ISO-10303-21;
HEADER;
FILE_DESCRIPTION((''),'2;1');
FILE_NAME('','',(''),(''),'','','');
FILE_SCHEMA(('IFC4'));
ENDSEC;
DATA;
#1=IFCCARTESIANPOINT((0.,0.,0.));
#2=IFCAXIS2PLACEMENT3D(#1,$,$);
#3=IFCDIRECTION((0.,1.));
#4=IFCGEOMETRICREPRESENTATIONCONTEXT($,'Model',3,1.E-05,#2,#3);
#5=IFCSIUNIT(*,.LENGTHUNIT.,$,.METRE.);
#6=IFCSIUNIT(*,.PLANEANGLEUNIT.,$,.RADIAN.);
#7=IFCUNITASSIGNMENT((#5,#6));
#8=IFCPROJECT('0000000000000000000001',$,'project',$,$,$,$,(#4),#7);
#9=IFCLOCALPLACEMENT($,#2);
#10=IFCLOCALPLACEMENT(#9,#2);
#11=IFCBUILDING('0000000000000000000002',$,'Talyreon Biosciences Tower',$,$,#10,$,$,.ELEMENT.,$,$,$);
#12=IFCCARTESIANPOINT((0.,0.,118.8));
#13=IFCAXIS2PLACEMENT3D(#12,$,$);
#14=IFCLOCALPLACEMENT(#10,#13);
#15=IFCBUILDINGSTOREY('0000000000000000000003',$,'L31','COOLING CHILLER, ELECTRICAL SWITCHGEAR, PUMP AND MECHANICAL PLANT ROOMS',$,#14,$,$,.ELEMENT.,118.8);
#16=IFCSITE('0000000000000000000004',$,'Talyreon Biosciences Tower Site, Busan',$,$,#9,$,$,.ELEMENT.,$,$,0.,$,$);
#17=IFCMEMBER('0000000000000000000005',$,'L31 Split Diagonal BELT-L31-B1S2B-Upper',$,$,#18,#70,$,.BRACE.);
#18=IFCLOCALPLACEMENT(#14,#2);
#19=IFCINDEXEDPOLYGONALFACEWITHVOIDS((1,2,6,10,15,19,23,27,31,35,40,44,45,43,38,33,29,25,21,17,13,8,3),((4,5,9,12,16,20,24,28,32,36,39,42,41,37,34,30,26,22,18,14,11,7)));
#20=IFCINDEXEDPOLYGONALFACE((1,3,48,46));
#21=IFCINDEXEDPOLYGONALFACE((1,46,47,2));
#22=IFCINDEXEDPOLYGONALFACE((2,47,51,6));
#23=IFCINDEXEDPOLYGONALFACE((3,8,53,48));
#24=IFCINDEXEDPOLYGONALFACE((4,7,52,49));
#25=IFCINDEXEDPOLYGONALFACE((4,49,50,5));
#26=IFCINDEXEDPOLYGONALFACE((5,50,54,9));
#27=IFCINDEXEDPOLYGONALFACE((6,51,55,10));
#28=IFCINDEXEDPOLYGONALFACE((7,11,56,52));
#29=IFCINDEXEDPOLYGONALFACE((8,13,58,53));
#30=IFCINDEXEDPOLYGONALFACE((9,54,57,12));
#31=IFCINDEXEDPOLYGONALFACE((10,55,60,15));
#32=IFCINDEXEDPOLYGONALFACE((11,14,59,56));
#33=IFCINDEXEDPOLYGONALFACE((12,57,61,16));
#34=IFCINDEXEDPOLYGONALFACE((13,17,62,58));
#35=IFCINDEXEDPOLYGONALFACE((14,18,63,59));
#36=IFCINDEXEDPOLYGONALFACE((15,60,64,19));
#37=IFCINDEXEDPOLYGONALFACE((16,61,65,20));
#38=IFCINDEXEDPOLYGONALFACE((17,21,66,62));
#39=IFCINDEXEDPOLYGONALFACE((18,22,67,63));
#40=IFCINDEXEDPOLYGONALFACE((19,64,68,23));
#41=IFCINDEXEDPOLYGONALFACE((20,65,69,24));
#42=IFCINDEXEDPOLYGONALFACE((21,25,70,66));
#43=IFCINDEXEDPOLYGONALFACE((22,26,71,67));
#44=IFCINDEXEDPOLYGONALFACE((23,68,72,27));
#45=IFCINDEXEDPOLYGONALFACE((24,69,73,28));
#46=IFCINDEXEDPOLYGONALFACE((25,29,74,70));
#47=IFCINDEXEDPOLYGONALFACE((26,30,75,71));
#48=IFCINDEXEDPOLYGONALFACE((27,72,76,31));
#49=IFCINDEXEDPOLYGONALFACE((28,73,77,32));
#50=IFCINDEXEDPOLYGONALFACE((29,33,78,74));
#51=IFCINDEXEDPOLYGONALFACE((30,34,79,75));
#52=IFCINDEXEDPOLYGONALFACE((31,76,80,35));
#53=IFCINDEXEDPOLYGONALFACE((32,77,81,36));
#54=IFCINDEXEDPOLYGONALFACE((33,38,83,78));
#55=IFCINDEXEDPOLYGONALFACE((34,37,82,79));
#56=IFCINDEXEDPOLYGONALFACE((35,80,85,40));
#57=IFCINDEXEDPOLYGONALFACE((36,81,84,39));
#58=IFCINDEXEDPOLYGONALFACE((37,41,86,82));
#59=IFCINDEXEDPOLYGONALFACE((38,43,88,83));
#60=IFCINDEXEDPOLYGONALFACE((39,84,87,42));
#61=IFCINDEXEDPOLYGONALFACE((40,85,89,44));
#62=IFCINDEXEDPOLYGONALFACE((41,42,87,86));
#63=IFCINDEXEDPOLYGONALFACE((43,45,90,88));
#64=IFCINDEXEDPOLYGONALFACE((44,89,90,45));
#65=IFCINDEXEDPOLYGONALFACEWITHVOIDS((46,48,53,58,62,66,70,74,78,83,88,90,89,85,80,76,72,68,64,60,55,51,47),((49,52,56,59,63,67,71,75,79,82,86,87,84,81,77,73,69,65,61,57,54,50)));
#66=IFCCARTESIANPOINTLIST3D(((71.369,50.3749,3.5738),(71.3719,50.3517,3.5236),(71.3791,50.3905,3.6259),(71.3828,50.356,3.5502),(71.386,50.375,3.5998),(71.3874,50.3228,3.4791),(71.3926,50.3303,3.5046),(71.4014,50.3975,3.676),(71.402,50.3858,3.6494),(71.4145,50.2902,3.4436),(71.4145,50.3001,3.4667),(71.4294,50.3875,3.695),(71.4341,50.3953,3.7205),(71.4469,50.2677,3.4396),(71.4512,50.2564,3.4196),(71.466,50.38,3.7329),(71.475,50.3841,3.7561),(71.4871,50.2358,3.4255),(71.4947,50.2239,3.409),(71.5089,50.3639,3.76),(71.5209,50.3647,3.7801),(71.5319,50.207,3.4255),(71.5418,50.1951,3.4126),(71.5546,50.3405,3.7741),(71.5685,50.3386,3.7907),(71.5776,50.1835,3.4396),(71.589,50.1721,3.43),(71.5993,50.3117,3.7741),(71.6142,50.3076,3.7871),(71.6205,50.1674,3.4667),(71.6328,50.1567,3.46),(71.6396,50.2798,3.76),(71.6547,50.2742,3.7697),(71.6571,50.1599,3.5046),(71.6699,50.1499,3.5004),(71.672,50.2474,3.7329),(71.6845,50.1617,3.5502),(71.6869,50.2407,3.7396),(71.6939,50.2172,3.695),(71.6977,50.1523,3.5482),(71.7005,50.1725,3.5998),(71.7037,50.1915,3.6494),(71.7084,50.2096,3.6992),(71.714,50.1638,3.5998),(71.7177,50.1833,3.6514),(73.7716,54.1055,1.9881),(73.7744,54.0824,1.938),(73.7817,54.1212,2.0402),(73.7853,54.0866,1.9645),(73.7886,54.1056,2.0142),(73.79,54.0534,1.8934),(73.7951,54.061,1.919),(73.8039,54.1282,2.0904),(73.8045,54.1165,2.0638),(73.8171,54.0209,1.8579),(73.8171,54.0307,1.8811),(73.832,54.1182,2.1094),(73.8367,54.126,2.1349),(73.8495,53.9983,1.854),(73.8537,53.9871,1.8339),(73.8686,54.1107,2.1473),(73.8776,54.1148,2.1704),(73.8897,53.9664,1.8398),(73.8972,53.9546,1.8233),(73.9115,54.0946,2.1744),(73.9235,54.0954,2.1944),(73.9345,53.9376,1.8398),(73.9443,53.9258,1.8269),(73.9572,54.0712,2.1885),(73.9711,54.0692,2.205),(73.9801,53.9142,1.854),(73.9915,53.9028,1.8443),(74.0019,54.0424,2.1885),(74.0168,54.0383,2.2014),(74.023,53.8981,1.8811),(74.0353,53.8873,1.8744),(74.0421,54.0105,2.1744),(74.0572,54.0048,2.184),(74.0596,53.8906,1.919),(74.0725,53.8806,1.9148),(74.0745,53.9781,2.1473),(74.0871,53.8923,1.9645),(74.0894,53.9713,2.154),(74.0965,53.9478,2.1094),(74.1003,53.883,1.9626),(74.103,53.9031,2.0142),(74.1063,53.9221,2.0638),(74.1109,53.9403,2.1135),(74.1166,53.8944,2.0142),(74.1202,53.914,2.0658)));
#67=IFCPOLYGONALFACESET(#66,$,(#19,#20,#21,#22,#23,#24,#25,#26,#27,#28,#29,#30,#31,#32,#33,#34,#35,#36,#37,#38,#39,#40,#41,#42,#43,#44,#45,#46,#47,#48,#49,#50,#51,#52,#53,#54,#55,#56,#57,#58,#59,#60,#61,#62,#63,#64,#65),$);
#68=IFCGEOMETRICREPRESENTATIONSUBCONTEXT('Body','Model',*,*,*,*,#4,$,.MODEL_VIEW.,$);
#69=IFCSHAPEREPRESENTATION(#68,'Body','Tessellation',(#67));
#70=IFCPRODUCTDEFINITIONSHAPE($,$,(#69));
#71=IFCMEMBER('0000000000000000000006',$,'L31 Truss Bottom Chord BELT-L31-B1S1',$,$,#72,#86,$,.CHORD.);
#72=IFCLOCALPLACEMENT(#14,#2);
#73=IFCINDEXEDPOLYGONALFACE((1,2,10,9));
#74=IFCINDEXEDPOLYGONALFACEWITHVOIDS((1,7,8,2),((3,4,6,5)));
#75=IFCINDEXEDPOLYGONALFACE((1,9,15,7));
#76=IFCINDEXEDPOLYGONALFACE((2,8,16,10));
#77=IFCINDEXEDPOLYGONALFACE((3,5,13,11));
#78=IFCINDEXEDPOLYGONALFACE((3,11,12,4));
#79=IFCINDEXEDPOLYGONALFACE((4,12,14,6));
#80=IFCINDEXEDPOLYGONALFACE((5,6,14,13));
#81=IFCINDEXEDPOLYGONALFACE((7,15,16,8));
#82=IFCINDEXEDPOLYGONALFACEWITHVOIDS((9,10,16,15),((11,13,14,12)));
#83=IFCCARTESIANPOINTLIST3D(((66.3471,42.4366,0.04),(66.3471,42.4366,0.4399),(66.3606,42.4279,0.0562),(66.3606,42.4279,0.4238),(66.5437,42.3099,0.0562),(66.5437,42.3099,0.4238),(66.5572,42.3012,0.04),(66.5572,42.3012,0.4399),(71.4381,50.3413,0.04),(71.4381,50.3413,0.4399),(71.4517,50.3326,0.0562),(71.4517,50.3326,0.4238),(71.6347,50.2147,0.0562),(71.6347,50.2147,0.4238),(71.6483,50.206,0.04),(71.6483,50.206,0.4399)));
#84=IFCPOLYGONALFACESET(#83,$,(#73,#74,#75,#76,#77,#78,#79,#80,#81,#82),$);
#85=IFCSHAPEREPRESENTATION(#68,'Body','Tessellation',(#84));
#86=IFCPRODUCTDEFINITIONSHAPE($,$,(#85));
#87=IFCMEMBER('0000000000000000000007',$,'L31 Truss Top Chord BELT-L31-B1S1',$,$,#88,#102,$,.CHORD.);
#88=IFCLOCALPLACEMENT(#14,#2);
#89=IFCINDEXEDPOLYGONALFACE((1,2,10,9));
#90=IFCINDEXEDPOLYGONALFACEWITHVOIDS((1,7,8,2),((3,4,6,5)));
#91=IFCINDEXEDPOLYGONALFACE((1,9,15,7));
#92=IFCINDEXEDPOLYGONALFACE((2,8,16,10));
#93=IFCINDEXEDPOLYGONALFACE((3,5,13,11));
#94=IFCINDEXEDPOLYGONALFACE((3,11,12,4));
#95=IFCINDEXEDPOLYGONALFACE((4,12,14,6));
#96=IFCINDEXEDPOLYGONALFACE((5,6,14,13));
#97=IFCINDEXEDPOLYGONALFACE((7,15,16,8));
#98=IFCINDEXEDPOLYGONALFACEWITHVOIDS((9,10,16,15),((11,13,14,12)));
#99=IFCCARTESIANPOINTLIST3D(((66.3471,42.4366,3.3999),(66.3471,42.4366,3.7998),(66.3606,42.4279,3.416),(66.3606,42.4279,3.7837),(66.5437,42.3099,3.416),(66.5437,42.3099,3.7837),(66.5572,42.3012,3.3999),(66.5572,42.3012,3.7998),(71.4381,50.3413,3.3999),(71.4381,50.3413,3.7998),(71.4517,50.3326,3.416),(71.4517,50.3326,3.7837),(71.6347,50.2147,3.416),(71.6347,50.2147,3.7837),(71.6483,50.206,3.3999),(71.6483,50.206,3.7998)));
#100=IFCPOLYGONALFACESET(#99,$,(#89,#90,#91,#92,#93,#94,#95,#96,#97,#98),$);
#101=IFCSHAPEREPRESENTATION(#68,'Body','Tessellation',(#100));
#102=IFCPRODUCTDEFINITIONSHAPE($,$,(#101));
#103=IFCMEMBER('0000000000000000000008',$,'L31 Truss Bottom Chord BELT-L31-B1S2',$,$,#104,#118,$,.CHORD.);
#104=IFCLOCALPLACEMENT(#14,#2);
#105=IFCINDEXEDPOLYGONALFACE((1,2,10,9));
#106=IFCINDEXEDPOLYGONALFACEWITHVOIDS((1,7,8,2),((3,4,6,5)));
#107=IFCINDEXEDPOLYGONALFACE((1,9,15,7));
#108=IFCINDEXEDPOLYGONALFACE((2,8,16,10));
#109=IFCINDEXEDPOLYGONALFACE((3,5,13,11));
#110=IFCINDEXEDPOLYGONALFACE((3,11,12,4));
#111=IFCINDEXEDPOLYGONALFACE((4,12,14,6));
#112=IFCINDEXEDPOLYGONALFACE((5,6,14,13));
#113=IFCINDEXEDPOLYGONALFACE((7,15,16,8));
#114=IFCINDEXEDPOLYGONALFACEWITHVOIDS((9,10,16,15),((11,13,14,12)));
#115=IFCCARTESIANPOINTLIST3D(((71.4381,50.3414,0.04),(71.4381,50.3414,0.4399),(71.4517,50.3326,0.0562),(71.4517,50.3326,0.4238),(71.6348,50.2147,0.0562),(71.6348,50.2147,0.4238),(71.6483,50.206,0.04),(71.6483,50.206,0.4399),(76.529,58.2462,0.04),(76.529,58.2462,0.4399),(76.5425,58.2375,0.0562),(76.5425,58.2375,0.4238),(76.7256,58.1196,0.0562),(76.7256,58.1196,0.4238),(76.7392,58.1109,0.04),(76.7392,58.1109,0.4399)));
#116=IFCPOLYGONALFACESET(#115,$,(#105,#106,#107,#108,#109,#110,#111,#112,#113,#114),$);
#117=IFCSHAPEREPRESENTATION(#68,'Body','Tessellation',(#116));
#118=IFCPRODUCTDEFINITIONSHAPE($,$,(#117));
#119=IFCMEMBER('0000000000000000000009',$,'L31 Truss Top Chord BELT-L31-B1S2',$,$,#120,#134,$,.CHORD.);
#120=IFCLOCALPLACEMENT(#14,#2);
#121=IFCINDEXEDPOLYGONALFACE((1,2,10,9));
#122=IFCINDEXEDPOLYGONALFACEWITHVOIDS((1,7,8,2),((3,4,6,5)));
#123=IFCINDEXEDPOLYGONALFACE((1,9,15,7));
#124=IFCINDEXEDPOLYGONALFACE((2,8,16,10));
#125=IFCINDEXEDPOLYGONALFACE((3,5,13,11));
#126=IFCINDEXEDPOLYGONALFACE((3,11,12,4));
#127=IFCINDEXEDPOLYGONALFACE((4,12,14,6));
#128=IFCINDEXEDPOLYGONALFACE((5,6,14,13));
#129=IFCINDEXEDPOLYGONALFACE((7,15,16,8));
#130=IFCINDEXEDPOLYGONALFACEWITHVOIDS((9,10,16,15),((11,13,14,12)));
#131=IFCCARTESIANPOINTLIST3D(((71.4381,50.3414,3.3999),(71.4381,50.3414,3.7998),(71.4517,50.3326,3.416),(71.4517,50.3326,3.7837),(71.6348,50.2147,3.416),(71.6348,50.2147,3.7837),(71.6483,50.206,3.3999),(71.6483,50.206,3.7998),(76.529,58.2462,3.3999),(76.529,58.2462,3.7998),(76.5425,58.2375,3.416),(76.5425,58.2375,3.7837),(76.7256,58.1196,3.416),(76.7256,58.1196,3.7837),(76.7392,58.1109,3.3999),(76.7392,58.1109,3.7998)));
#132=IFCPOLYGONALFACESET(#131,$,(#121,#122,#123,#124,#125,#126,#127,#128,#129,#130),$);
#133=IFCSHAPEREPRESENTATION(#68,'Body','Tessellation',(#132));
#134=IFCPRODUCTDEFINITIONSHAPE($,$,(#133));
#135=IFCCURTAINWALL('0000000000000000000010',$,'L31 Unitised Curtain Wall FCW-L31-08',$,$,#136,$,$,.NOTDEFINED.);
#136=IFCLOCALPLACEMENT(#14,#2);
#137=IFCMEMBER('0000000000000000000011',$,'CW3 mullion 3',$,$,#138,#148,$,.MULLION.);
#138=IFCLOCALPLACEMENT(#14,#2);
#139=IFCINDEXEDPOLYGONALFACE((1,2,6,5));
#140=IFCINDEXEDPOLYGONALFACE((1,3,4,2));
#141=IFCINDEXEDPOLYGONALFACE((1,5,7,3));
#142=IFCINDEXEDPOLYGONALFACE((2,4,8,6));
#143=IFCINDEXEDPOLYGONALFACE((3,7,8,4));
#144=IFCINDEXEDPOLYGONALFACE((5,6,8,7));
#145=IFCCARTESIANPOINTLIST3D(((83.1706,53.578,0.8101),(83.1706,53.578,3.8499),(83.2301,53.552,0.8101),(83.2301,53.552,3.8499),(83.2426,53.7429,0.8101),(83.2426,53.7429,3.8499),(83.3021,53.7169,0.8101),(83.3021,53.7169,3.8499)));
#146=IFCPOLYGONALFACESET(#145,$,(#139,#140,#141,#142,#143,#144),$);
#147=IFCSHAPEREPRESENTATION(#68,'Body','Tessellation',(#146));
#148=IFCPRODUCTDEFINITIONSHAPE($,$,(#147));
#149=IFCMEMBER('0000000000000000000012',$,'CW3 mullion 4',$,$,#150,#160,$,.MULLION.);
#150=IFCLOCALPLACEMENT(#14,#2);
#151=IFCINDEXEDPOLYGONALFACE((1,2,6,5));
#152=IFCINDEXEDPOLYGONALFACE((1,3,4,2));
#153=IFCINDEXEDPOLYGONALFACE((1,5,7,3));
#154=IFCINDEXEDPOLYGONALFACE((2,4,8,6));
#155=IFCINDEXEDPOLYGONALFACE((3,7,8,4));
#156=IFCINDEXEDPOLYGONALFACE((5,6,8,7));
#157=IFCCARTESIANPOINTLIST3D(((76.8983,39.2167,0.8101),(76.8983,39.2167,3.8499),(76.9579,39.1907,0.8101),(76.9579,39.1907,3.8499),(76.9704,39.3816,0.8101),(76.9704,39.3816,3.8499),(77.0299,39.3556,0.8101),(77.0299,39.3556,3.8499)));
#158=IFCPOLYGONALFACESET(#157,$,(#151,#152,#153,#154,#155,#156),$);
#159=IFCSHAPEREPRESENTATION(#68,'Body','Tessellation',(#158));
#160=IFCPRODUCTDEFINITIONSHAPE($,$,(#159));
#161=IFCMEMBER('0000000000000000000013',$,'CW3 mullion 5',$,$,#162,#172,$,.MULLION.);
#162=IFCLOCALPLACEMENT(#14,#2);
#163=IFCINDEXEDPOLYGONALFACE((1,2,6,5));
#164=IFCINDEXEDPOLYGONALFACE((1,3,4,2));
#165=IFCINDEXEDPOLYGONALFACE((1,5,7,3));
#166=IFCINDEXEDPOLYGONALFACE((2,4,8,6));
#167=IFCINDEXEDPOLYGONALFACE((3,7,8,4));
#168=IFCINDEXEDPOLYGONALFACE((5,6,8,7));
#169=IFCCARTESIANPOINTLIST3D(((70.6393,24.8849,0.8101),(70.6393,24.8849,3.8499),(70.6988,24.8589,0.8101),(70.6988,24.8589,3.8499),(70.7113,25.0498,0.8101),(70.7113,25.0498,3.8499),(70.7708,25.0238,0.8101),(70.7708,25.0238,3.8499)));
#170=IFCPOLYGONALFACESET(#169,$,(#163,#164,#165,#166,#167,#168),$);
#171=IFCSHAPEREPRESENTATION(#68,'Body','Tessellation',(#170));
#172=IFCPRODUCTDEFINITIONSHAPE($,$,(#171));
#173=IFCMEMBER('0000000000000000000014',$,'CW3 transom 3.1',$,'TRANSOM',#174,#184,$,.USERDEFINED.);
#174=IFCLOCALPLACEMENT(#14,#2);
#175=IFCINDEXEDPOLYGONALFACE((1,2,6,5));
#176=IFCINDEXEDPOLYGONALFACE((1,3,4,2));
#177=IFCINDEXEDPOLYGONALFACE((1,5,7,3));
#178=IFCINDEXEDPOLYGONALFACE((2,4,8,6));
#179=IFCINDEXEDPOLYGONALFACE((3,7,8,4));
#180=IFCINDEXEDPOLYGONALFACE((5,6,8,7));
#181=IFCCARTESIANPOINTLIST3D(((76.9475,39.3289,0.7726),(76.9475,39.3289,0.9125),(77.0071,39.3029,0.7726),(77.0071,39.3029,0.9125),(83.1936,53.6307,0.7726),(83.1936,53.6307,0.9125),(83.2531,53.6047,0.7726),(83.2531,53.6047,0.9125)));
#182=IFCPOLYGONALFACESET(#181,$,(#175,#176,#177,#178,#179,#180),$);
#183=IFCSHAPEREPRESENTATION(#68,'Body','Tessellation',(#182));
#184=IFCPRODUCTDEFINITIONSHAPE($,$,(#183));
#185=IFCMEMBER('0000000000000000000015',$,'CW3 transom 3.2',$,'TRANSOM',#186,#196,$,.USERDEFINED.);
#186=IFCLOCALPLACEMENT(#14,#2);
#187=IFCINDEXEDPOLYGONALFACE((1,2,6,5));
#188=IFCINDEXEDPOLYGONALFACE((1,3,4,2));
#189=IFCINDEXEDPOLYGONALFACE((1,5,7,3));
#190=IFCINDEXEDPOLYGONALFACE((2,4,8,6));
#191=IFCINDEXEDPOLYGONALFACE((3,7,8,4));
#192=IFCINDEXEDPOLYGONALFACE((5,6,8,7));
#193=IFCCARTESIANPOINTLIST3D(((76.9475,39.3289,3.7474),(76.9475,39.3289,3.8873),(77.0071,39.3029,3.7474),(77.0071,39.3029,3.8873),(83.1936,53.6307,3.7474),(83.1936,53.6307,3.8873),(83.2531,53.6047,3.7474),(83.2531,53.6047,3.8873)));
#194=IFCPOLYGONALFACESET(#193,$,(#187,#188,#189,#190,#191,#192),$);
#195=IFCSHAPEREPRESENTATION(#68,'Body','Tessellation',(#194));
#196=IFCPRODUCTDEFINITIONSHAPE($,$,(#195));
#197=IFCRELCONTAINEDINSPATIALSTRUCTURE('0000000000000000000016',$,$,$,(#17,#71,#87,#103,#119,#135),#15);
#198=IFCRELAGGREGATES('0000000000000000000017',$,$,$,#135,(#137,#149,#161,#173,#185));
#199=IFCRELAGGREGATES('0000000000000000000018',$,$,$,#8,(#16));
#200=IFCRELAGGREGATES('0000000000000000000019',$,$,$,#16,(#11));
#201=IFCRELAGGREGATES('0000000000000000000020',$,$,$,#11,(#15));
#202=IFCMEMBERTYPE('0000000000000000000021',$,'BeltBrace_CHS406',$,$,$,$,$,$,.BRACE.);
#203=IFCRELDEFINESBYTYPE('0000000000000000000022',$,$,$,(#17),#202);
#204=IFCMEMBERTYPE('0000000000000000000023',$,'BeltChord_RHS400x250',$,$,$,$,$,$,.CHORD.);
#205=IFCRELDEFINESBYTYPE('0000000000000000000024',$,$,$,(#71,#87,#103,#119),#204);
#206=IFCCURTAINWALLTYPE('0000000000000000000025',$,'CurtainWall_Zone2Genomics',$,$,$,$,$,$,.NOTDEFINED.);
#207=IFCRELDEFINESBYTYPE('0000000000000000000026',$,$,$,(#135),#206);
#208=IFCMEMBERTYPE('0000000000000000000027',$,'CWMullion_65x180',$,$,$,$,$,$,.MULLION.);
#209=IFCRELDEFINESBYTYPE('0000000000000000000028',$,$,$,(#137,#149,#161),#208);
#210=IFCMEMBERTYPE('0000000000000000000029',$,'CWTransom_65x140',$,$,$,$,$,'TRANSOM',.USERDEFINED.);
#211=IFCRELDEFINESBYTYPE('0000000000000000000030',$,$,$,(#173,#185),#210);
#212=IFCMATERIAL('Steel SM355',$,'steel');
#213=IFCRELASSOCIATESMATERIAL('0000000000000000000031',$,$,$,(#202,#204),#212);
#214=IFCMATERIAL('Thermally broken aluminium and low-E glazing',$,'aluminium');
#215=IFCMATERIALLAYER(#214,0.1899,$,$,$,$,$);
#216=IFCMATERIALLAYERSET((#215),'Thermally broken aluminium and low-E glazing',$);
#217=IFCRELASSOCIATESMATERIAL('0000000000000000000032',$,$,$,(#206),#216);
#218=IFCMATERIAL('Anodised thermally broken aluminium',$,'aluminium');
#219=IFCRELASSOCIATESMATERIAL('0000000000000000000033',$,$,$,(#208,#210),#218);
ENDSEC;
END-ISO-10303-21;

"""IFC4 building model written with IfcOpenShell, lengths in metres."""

from ifc_helpers import new_model, si_unit, direction, frame, origin, origin_2d, place, context, subcontext, project, spatial, rectangle, hollow_rectangle, hollow_circle, extrude, material, layer, layer_set, material_profile, profile_set, type_object, element, aggregate, save


model = new_model("IFC4")

# Units and contexts
model_context = context("Model", 3, precision=1e-05, world=origin(), true_north=direction((0.0, 1.0)))
body_context = subcontext(model_context, "Body", "Model", "MODEL_VIEW")
ifc_project = project(units=[si_unit("LENGTHUNIT", "METRE"), si_unit("PLANEANGLEUNIT", "RADIAN")], contexts=[model_context])

# Site, building, storey
site_placement = place(None, origin())
site = spatial("IfcSite", under=ifc_project, at=site_placement, Name="Talyreon Biosciences Tower Site, Busan", CompositionType="ELEMENT", RefElevation=0.0)
building_placement = place(site_placement, origin())
building = spatial("IfcBuilding", under=site, at=building_placement, Name="Talyreon Biosciences Tower", CompositionType="ELEMENT")
storey_placement = place(building_placement, frame((0.0, 0.0, 118.8)))
storey = spatial("IfcBuildingStorey", under=building, at=storey_placement, Name="L31", Description="COOLING CHILLER, ELECTRICAL SWITCHGEAR, PUMP AND MECHANICAL PLANT ROOMS", CompositionType="ELEMENT", Elevation=118.8)

# Members
ifc_material_1 = material(Name="Steel SM355", Category="steel")
ifc_material_profile_1 = material_profile(ifc_material_1, hollow_circle(Radius=0.2031, WallThickness=0.0161, at=origin_2d()), Name="CHS 406.4x16")
ifc_profile_set_1 = profile_set([ifc_material_profile_1], Name="Steel SM355")
member_type_1 = type_object("IfcMemberType", Name="BeltBrace_CHS406", PredefinedType="BRACE", material=ifc_profile_set_1)
for number, where, z_axis, x_axis, name in (
    (1, (73.9458, 54.0044, 2.0142), (-0.509863, -0.791709, 0.336506), (0.84074, -0.541439, 0.0), "L31 Split Diagonal BELT-L31-B1S2B-Upper"),
):
    element("IfcMember", number, at=place(storey_placement, frame(where, z_axis=z_axis, x_axis=x_axis)), inside=storey, type_object=member_type_1, Name=name, PredefinedType="BRACE", context=body_context, shape_type="SweptSolid", body=[
        extrude(hollow_circle(Radius=0.2031, WallThickness=0.0161, at=origin_2d()), origin(), (0.0, 0.0, 1.0), 4.7122),
    ])
ifc_material_profile_2 = material_profile(ifc_material_1, hollow_rectangle(XDim=0.25, YDim=0.3999, WallThickness=0.0161, at=origin_2d()), Name="RHS 400x250x16")
ifc_profile_set_2 = profile_set([ifc_material_profile_2], Name="Steel SM355")
member_type_2 = type_object("IfcMemberType", Name="BeltChord_RHS400x250", PredefinedType="CHORD", material=ifc_profile_set_2)
for number, where, z_axis, x_axis, name in (
    (2, (66.4521, 42.3689, 0.24), (0.541466, 0.840723, 0.0), (-0.840723, 0.541466, 0.0), "L31 Truss Bottom Chord BELT-L31-B1S1"),
    (3, (66.4521, 42.3689, 3.5999), (0.541466, 0.840723, 0.0), (-0.840723, 0.541466, 0.0), "L31 Truss Top Chord BELT-L31-B1S1"),
    (4, (71.5432, 50.2737, 0.24), (0.541448, 0.840734, 0.0), (-0.840734, 0.541448, 0.0), "L31 Truss Bottom Chord BELT-L31-B1S2"),
    (5, (71.5432, 50.2737, 3.5999), (0.541448, 0.840734, 0.0), (-0.840734, 0.541448, 0.0), "L31 Truss Top Chord BELT-L31-B1S2"),
):
    element("IfcMember", number, at=place(storey_placement, frame(where, z_axis=z_axis, x_axis=x_axis)), inside=storey, type_object=member_type_2, Name=name, PredefinedType="CHORD", context=body_context, shape_type="SweptSolid", body=[
        extrude(hollow_rectangle(XDim=0.25, YDim=0.3999, WallThickness=0.0161, at=origin_2d()), origin(), (0.0, 0.0, 1.0), 9.4023),
    ])

# Curtain wall, members
ifc_material_2 = material(Name="Thermally broken aluminium and low-E glazing", Category="aluminium")
ifc_layer_1 = layer(ifc_material_2, 0.1899)
ifc_layer_set_1 = layer_set([ifc_layer_1], Name="Thermally broken aluminium and low-E glazing")
curtain_wall_type = type_object("IfcCurtainWallType", Name="CurtainWall_Zone2Genomics", PredefinedType="NOTDEFINED", material=ifc_layer_set_1)
curtain_wall_placement = place(storey_placement, origin())
curtain_wall = element("IfcCurtainWall", 6, at=curtain_wall_placement, inside=storey, type_object=curtain_wall_type, Name="L31 Unitised Curtain Wall FCW-L31-08", PredefinedType="NOTDEFINED")
ifc_material_3 = material(Name="Anodised thermally broken aluminium", Category="aluminium")
ifc_material_profile_3 = material_profile(ifc_material_3, rectangle(XDim=0.0649, YDim=0.1799, at=origin_2d()), Name="ALUM MULLION 65x180")
ifc_profile_set_3 = profile_set([ifc_material_profile_3], Name="Anodised thermally broken aluminium")
member_type_3 = type_object("IfcMemberType", Name="CWMullion_65x180", PredefinedType="MULLION", material=ifc_profile_set_3)
member_1_placement = place(storey_placement, frame((83.2363, 53.6475, 0.8101), z_axis=(0.0, 0.0, 1.0), x_axis=(0.916416, -0.400226, 0.0)))
member_1 = element("IfcMember", 7, at=member_1_placement, type_object=member_type_3, Name="CW3 mullion 3", PredefinedType="MULLION", context=body_context, shape_type="SweptSolid", body=[
    extrude(rectangle(XDim=0.0649, YDim=0.1799, at=origin_2d()), origin(), (0.0, 0.0, 1.0), 3.0398),
])
member_2_placement = place(storey_placement, frame((76.9641, 39.2861, 0.8101), z_axis=(0.0, 0.0, 1.0), x_axis=(0.916416, -0.400226, 0.0)))
member_2 = element("IfcMember", 8, at=member_2_placement, type_object=member_type_3, Name="CW3 mullion 4", PredefinedType="MULLION", context=body_context, shape_type="SweptSolid", body=[
    extrude(rectangle(XDim=0.0649, YDim=0.1799, at=origin_2d()), origin(), (0.0, 0.0, 1.0), 3.0398),
])
member_3_placement = place(storey_placement, frame((70.7051, 24.9543, 0.8101), z_axis=(0.0, 0.0, 1.0), x_axis=(0.916416, -0.400226, 0.0)))
member_3 = element("IfcMember", 9, at=member_3_placement, type_object=member_type_3, Name="CW3 mullion 5", PredefinedType="MULLION", context=body_context, shape_type="SweptSolid", body=[
    extrude(rectangle(XDim=0.0649, YDim=0.1799, at=origin_2d()), origin(), (0.0, 0.0, 1.0), 3.0398),
])
ifc_material_profile_4 = material_profile(ifc_material_3, rectangle(XDim=0.0649, YDim=0.1399, at=origin_2d()), Name="ALUM TRANSOM 65x140")
ifc_profile_set_4 = profile_set([ifc_material_profile_4], Name="Anodised thermally broken aluminium")
member_type_4 = type_object("IfcMemberType", Name="CWTransom_65x140", ElementType="TRANSOM", PredefinedType="USERDEFINED", material=ifc_profile_set_4)
member_4_placement = place(storey_placement, frame((83.2234, 53.6177, 0.8425), z_axis=(-0.400231, -0.916414, 0.0), x_axis=(0.916414, -0.400231, 0.0)))
member_4 = element("IfcMember", 10, at=member_4_placement, type_object=member_type_4, Name="CW3 transom 3.1", ObjectType="TRANSOM", PredefinedType="USERDEFINED", context=body_context, shape_type="SweptSolid", body=[
    extrude(rectangle(XDim=0.0649, YDim=0.1399, at=origin_2d()), origin(), (0.0, 0.0, 1.0), 15.6062),
])
member_5_placement = place(storey_placement, frame((83.2234, 53.6177, 3.8174), z_axis=(-0.400231, -0.916414, 0.0), x_axis=(0.916414, -0.400231, 0.0)))
member_5 = element("IfcMember", 11, at=member_5_placement, type_object=member_type_4, Name="CW3 transom 3.2", ObjectType="TRANSOM", PredefinedType="USERDEFINED", context=body_context, shape_type="SweptSolid", body=[
    extrude(rectangle(XDim=0.0649, YDim=0.1399, at=origin_2d()), origin(), (0.0, 0.0, 1.0), 15.6062),
])

aggregate(curtain_wall, [member_1, member_2, member_3, member_4, member_5])

save(model, "model.ifc")
